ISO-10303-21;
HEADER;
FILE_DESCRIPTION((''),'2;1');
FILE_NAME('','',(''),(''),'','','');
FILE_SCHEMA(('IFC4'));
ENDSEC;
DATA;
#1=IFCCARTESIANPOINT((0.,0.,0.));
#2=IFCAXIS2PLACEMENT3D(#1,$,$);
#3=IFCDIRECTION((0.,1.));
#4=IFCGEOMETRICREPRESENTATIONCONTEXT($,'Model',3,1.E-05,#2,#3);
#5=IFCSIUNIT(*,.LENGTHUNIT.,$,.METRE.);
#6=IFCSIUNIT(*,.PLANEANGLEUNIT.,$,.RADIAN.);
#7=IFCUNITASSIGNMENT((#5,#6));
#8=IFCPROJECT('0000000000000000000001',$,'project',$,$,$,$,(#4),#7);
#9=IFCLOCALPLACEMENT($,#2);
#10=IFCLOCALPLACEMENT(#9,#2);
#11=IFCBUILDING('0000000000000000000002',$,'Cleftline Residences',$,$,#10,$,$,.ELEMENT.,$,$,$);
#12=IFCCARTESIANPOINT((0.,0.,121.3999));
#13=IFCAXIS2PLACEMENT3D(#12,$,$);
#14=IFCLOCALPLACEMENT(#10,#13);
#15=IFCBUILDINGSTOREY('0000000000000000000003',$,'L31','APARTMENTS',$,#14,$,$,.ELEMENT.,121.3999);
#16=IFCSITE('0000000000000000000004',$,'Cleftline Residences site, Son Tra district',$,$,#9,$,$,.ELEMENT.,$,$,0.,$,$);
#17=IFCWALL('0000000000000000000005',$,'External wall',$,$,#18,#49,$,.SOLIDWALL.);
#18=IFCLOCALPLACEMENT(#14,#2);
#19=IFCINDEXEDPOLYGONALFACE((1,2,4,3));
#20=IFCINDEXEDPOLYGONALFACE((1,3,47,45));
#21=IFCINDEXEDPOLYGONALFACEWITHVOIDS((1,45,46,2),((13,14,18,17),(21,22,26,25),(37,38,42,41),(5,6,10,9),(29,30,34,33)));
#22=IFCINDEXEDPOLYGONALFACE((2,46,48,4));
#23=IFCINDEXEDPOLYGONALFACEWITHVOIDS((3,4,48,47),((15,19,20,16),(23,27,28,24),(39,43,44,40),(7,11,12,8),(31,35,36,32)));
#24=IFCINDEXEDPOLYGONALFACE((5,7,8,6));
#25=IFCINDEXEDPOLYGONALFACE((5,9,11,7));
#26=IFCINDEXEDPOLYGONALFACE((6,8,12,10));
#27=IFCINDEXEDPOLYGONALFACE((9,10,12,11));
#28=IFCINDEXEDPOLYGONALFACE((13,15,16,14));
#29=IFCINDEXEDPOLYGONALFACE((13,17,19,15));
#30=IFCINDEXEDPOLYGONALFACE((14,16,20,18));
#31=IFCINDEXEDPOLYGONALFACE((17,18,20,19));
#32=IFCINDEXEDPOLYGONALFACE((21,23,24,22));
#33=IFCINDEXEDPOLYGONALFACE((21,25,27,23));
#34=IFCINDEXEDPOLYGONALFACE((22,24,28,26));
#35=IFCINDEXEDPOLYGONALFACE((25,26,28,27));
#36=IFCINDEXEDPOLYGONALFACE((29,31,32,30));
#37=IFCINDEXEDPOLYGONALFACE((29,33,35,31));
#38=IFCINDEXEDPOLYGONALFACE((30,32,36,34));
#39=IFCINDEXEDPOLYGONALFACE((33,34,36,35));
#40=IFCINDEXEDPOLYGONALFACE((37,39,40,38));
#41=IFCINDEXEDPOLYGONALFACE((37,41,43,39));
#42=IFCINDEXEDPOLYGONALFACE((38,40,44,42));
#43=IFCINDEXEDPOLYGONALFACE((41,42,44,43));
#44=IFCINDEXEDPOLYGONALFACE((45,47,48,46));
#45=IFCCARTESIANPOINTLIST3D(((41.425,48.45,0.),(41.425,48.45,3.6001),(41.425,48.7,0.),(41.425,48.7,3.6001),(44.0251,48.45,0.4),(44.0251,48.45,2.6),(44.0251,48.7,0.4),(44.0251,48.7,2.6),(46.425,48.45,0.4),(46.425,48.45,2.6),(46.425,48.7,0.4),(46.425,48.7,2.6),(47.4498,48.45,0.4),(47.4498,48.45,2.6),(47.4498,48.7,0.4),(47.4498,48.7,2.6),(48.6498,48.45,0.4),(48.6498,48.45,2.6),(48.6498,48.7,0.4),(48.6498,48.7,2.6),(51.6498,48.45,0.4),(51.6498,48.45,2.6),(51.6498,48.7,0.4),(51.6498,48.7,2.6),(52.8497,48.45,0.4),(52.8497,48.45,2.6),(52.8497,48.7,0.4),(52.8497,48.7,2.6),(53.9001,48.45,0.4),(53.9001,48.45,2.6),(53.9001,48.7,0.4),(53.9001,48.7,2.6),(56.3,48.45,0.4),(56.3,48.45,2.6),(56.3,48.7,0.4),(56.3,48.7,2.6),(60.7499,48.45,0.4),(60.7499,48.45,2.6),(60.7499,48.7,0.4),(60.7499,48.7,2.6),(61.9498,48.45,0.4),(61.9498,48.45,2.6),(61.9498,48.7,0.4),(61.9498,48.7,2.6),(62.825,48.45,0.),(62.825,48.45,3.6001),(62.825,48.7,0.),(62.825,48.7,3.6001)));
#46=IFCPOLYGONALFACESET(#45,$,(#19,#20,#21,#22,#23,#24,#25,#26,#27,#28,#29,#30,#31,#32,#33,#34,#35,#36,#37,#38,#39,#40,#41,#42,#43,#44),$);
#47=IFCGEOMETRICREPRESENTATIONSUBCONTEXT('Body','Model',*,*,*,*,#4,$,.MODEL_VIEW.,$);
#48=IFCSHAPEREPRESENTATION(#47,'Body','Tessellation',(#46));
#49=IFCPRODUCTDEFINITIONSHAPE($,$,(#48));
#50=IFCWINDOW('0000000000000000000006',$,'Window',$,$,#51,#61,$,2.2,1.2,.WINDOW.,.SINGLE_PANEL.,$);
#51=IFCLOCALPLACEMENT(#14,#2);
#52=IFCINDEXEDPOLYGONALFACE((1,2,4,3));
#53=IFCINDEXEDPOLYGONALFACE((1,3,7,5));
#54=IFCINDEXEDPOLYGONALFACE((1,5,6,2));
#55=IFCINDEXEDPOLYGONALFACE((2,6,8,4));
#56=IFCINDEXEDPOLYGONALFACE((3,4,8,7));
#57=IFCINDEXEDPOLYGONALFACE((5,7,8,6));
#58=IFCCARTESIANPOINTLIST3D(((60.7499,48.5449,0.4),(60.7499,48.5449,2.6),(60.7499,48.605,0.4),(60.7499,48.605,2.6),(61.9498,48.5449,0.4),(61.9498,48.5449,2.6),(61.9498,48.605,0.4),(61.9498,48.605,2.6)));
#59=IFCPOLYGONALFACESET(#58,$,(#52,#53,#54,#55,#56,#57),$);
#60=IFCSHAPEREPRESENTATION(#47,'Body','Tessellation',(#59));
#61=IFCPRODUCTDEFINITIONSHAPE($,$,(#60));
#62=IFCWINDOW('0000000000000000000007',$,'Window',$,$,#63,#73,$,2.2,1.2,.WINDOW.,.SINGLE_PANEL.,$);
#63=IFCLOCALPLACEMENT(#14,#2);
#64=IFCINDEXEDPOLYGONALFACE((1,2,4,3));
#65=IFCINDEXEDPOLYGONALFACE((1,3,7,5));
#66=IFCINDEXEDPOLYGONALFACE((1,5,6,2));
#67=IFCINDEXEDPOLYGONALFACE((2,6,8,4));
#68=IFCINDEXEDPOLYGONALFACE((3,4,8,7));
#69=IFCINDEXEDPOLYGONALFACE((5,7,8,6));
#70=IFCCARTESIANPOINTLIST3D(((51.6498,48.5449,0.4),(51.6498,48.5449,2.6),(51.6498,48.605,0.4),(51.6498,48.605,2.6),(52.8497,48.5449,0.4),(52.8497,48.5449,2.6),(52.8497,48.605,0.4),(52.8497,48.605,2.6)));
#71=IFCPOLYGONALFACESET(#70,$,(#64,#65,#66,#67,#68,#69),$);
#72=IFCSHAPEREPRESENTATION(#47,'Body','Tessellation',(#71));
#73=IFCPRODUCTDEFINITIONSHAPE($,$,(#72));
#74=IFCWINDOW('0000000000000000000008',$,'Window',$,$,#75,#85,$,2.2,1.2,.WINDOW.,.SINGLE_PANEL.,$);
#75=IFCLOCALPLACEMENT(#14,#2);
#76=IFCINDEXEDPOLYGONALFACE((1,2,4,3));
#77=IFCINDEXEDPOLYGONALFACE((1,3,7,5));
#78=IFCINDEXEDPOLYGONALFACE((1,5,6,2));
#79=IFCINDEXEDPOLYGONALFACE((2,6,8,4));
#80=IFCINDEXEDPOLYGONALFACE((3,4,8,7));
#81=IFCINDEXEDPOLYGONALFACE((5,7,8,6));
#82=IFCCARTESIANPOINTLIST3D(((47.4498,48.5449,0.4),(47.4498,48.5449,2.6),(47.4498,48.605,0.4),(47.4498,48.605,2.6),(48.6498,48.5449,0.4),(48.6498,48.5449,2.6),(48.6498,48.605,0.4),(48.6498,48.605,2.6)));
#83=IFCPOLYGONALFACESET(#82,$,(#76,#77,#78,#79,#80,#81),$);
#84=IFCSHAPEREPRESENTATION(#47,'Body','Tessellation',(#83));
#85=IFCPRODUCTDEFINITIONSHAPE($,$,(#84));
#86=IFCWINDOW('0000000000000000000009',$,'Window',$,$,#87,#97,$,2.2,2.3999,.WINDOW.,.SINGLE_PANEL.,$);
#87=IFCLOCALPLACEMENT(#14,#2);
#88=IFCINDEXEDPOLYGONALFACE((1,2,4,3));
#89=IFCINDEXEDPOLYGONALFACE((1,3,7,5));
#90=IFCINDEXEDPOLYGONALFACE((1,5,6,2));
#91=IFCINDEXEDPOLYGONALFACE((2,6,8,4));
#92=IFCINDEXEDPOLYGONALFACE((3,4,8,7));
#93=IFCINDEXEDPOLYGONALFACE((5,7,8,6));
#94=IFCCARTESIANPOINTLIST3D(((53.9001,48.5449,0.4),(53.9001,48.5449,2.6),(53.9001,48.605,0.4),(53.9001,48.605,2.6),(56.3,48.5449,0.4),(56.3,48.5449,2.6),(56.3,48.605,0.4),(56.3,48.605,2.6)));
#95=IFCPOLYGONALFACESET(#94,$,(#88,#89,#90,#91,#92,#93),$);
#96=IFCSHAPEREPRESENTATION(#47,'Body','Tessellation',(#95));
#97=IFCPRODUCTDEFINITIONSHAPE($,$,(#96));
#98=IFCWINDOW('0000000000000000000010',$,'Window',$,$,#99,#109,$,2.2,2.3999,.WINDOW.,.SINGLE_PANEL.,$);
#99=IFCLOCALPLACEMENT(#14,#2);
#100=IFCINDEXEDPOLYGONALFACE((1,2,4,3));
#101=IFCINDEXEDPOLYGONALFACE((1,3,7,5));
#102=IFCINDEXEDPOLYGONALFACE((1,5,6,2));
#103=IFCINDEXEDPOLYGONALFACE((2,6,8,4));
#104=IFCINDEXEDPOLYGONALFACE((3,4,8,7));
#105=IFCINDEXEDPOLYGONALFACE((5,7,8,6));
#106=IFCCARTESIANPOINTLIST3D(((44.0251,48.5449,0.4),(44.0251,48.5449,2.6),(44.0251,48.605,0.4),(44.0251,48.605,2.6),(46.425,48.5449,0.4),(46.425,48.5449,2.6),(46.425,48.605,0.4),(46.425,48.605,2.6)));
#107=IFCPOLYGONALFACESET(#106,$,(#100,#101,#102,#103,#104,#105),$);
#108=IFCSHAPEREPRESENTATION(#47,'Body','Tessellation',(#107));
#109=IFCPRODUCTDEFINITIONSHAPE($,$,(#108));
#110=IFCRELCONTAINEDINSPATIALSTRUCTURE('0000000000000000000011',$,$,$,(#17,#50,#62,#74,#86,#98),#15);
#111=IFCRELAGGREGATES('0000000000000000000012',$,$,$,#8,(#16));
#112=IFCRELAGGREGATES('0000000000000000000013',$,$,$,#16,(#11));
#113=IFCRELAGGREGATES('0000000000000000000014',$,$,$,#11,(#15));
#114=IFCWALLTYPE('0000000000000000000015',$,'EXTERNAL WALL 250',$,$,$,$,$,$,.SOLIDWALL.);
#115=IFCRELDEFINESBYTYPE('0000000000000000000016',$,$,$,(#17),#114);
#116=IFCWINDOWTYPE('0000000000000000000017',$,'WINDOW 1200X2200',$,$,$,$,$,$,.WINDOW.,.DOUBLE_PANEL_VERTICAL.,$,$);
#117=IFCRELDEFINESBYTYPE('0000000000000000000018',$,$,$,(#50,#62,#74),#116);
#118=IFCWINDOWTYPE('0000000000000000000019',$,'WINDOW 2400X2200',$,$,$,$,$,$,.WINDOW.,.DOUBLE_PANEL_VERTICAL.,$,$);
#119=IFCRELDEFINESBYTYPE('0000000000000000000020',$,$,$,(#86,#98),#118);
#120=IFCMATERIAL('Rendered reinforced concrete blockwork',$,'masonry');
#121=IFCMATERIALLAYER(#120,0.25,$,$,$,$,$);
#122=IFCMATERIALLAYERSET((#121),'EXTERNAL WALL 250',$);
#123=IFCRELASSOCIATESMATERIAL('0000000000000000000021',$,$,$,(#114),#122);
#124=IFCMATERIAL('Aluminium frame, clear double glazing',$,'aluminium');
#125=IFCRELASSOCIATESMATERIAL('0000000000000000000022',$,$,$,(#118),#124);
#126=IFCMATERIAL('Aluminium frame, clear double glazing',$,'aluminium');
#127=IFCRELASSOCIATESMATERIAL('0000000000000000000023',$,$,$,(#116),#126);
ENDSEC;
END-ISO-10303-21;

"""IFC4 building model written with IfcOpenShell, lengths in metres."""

from ifc_helpers import new_model, si_unit, direction, frame, frame_2d, origin, place, context, subcontext, project, spatial, rectangle, extrude, material, layer, layer_set, type_object, element, fill, save


model = new_model("IFC4")

# Units and contexts
model_context = context("Model", 3, precision=1e-05, world=origin(), true_north=direction((0.0, 1.0)))
body_context = subcontext(model_context, "Body", "Model", "MODEL_VIEW")
ifc_project = project(units=[si_unit("LENGTHUNIT", "METRE"), si_unit("PLANEANGLEUNIT", "RADIAN")], contexts=[model_context])

# Site, building, storey
site_placement = place(None, origin())
site = spatial("IfcSite", under=ifc_project, at=site_placement, Name="Cleftline Residences site, Son Tra district", CompositionType="ELEMENT", RefElevation=0.0)
building_placement = place(site_placement, origin())
building = spatial("IfcBuilding", under=site, at=building_placement, Name="Cleftline Residences", CompositionType="ELEMENT")
storey_placement = place(building_placement, frame((0.0, 0.0, 121.3999)))
storey = spatial("IfcBuildingStorey", under=building, at=storey_placement, Name="L31", Description="APARTMENTS", CompositionType="ELEMENT", Elevation=121.3999)

# Shared definitions
ifc_material_1 = material(Name="Rendered reinforced concrete blockwork", Category="masonry")
ifc_layer_1 = layer(ifc_material_1, 0.25)
ifc_layer_set_1 = layer_set([ifc_layer_1], Name="EXTERNAL WALL 250")
wall_type = type_object("IfcWallType", Name="EXTERNAL WALL 250", PredefinedType="SOLIDWALL", material=ifc_layer_set_1)
ifc_material_2 = material(Name="Aluminium frame, clear double glazing", Category="aluminium")
window_type_1 = type_object("IfcWindowType", Name="WINDOW 2400X2200", PartitioningType="DOUBLE_PANEL_VERTICAL", PredefinedType="WINDOW", material=ifc_material_2)

# Wall, openings, windows
wall_1_placement = place(storey_placement, frame((62.825, 48.575, 0.0), z_axis=(0.0, 0.0, 1.0), x_axis=(-1.0, 0.0, 0.0)))
wall_1 = element("IfcWall", 1, at=wall_1_placement, inside=storey, type_object=wall_type, Name="External wall", PredefinedType="SOLIDWALL", context=body_context, shape_type="SweptSolid", body=[
    extrude(rectangle(XDim=21.3999, YDim=0.25, at=frame_2d((10.7, 0.0))), origin(), (0.0, 0.0, 1.0), 3.6001),
])
opening_1_placement = place(wall_1_placement, frame((0.875, 0.0, 0.3999)))
opening_1 = element("IfcOpeningElement", 2, at=opening_1_placement, cuts=wall_1, PredefinedType="OPENING", context=body_context, shape_type="SweptSolid", body=[
    extrude(rectangle(XDim=1.2, YDim=2.2, at=frame_2d((0.6001, 1.1001))), frame((0.0, 0.135, 0.0), z_axis=(0.0, -1.0, 0.0), x_axis=(1.0, 0.0, 0.0)), (0.0, 0.0, 1.0), 0.27),
])
opening_2_placement = place(wall_1_placement, frame((6.5249, 0.0, 0.3999)))
opening_2 = element("IfcOpeningElement", 3, at=opening_2_placement, cuts=wall_1, PredefinedType="OPENING", context=body_context, shape_type="SweptSolid", body=[
    extrude(rectangle(XDim=2.3999, YDim=2.2, at=frame_2d((1.2, 1.1001))), frame((0.0, 0.135, 0.0), z_axis=(0.0, -1.0, 0.0), x_axis=(1.0, 0.0, 0.0)), (0.0, 0.0, 1.0), 0.27),
])
opening_3_placement = place(wall_1_placement, frame((9.9751, 0.0, 0.3999)))
opening_3 = element("IfcOpeningElement", 4, at=opening_3_placement, cuts=wall_1, PredefinedType="OPENING", context=body_context, shape_type="SweptSolid", body=[
    extrude(rectangle(XDim=1.2, YDim=2.2, at=frame_2d((0.6001, 1.1001))), frame((0.0, 0.135, 0.0), z_axis=(0.0, -1.0, 0.0), x_axis=(1.0, 0.0, 0.0)), (0.0, 0.0, 1.0), 0.27),
])
opening_4_placement = place(wall_1_placement, frame((14.175, 0.0, 0.3999)))
opening_4 = element("IfcOpeningElement", 5, at=opening_4_placement, cuts=wall_1, PredefinedType="OPENING", context=body_context, shape_type="SweptSolid", body=[
    extrude(rectangle(XDim=1.2, YDim=2.2, at=frame_2d((0.6001, 1.1001))), frame((0.0, 0.135, 0.0), z_axis=(0.0, -1.0, 0.0), x_axis=(1.0, 0.0, 0.0)), (0.0, 0.0, 1.0), 0.27),
])
opening_5_placement = place(wall_1_placement, frame((16.3999, 0.0, 0.3999)))
opening_5 = element("IfcOpeningElement", 6, at=opening_5_placement, cuts=wall_1, PredefinedType="OPENING", context=body_context, shape_type="SweptSolid", body=[
    extrude(rectangle(XDim=2.3999, YDim=2.2, at=frame_2d((1.2, 1.1001))), frame((0.0, 0.135, 0.0), z_axis=(0.0, -1.0, 0.0), x_axis=(1.0, 0.0, 0.0)), (0.0, 0.0, 1.0), 0.27),
])
ifc_material_3 = material(Name="Aluminium frame, clear double glazing", Category="aluminium")
window_type_2 = type_object("IfcWindowType", Name="WINDOW 1200X2200", PartitioningType="DOUBLE_PANEL_VERTICAL", PredefinedType="WINDOW", material=ifc_material_3)
window_1_placement = place(opening_1_placement, origin())
window_1 = element("IfcWindow", 7, at=window_1_placement, inside=storey, type_object=window_type_2, Name="Window", OverallHeight=2.2, OverallWidth=1.2, PartitioningType="SINGLE_PANEL", PredefinedType="WINDOW", context=body_context, shape_type="SweptSolid", body=[
    extrude(rectangle(XDim=1.2, YDim=2.2, at=frame_2d((0.6001, 1.1001))), frame((0.0, 0.03, 0.0), z_axis=(0.0, -1.0, 0.0), x_axis=(1.0, 0.0, 0.0)), (0.0, 0.0, 1.0), 0.0601),
])
fill(opening_1, window_1)
window_2_placement = place(opening_3_placement, origin())
window_2 = element("IfcWindow", 8, at=window_2_placement, inside=storey, type_object=window_type_2, Name="Window", OverallHeight=2.2, OverallWidth=1.2, PartitioningType="SINGLE_PANEL", PredefinedType="WINDOW", context=body_context, shape_type="SweptSolid", body=[
    extrude(rectangle(XDim=1.2, YDim=2.2, at=frame_2d((0.6001, 1.1001))), frame((0.0, 0.03, 0.0), z_axis=(0.0, -1.0, 0.0), x_axis=(1.0, 0.0, 0.0)), (0.0, 0.0, 1.0), 0.0601),
])
fill(opening_3, window_2)
window_3_placement = place(opening_4_placement, origin())
window_3 = element("IfcWindow", 9, at=window_3_placement, inside=storey, type_object=window_type_2, Name="Window", OverallHeight=2.2, OverallWidth=1.2, PartitioningType="SINGLE_PANEL", PredefinedType="WINDOW", context=body_context, shape_type="SweptSolid", body=[
    extrude(rectangle(XDim=1.2, YDim=2.2, at=frame_2d((0.6001, 1.1001))), frame((0.0, 0.03, 0.0), z_axis=(0.0, -1.0, 0.0), x_axis=(1.0, 0.0, 0.0)), (0.0, 0.0, 1.0), 0.0601),
])
fill(opening_4, window_3)
window_4_placement = place(opening_2_placement, origin())
window_4 = element("IfcWindow", 10, at=window_4_placement, inside=storey, type_object=window_type_1, Name="Window", OverallHeight=2.2, OverallWidth=2.3999, PartitioningType="SINGLE_PANEL", PredefinedType="WINDOW", context=body_context, shape_type="SweptSolid", body=[
    extrude(rectangle(XDim=2.3999, YDim=2.2, at=frame_2d((1.2, 1.1001))), frame((0.0, 0.03, 0.0), z_axis=(0.0, -1.0, 0.0), x_axis=(1.0, 0.0, 0.0)), (0.0, 0.0, 1.0), 0.0601),
])
fill(opening_2, window_4)
window_5_placement = place(opening_5_placement, origin())
window_5 = element("IfcWindow", 11, at=window_5_placement, inside=storey, type_object=window_type_1, Name="Window", OverallHeight=2.2, OverallWidth=2.3999, PartitioningType="SINGLE_PANEL", PredefinedType="WINDOW", context=body_context, shape_type="SweptSolid", body=[
    extrude(rectangle(XDim=2.3999, YDim=2.2, at=frame_2d((1.2, 1.1001))), frame((0.0, 0.03, 0.0), z_axis=(0.0, -1.0, 0.0), x_axis=(1.0, 0.0, 0.0)), (0.0, 0.0, 1.0), 0.0601),
])
fill(opening_5, window_5)

save(model, "model.ifc")
